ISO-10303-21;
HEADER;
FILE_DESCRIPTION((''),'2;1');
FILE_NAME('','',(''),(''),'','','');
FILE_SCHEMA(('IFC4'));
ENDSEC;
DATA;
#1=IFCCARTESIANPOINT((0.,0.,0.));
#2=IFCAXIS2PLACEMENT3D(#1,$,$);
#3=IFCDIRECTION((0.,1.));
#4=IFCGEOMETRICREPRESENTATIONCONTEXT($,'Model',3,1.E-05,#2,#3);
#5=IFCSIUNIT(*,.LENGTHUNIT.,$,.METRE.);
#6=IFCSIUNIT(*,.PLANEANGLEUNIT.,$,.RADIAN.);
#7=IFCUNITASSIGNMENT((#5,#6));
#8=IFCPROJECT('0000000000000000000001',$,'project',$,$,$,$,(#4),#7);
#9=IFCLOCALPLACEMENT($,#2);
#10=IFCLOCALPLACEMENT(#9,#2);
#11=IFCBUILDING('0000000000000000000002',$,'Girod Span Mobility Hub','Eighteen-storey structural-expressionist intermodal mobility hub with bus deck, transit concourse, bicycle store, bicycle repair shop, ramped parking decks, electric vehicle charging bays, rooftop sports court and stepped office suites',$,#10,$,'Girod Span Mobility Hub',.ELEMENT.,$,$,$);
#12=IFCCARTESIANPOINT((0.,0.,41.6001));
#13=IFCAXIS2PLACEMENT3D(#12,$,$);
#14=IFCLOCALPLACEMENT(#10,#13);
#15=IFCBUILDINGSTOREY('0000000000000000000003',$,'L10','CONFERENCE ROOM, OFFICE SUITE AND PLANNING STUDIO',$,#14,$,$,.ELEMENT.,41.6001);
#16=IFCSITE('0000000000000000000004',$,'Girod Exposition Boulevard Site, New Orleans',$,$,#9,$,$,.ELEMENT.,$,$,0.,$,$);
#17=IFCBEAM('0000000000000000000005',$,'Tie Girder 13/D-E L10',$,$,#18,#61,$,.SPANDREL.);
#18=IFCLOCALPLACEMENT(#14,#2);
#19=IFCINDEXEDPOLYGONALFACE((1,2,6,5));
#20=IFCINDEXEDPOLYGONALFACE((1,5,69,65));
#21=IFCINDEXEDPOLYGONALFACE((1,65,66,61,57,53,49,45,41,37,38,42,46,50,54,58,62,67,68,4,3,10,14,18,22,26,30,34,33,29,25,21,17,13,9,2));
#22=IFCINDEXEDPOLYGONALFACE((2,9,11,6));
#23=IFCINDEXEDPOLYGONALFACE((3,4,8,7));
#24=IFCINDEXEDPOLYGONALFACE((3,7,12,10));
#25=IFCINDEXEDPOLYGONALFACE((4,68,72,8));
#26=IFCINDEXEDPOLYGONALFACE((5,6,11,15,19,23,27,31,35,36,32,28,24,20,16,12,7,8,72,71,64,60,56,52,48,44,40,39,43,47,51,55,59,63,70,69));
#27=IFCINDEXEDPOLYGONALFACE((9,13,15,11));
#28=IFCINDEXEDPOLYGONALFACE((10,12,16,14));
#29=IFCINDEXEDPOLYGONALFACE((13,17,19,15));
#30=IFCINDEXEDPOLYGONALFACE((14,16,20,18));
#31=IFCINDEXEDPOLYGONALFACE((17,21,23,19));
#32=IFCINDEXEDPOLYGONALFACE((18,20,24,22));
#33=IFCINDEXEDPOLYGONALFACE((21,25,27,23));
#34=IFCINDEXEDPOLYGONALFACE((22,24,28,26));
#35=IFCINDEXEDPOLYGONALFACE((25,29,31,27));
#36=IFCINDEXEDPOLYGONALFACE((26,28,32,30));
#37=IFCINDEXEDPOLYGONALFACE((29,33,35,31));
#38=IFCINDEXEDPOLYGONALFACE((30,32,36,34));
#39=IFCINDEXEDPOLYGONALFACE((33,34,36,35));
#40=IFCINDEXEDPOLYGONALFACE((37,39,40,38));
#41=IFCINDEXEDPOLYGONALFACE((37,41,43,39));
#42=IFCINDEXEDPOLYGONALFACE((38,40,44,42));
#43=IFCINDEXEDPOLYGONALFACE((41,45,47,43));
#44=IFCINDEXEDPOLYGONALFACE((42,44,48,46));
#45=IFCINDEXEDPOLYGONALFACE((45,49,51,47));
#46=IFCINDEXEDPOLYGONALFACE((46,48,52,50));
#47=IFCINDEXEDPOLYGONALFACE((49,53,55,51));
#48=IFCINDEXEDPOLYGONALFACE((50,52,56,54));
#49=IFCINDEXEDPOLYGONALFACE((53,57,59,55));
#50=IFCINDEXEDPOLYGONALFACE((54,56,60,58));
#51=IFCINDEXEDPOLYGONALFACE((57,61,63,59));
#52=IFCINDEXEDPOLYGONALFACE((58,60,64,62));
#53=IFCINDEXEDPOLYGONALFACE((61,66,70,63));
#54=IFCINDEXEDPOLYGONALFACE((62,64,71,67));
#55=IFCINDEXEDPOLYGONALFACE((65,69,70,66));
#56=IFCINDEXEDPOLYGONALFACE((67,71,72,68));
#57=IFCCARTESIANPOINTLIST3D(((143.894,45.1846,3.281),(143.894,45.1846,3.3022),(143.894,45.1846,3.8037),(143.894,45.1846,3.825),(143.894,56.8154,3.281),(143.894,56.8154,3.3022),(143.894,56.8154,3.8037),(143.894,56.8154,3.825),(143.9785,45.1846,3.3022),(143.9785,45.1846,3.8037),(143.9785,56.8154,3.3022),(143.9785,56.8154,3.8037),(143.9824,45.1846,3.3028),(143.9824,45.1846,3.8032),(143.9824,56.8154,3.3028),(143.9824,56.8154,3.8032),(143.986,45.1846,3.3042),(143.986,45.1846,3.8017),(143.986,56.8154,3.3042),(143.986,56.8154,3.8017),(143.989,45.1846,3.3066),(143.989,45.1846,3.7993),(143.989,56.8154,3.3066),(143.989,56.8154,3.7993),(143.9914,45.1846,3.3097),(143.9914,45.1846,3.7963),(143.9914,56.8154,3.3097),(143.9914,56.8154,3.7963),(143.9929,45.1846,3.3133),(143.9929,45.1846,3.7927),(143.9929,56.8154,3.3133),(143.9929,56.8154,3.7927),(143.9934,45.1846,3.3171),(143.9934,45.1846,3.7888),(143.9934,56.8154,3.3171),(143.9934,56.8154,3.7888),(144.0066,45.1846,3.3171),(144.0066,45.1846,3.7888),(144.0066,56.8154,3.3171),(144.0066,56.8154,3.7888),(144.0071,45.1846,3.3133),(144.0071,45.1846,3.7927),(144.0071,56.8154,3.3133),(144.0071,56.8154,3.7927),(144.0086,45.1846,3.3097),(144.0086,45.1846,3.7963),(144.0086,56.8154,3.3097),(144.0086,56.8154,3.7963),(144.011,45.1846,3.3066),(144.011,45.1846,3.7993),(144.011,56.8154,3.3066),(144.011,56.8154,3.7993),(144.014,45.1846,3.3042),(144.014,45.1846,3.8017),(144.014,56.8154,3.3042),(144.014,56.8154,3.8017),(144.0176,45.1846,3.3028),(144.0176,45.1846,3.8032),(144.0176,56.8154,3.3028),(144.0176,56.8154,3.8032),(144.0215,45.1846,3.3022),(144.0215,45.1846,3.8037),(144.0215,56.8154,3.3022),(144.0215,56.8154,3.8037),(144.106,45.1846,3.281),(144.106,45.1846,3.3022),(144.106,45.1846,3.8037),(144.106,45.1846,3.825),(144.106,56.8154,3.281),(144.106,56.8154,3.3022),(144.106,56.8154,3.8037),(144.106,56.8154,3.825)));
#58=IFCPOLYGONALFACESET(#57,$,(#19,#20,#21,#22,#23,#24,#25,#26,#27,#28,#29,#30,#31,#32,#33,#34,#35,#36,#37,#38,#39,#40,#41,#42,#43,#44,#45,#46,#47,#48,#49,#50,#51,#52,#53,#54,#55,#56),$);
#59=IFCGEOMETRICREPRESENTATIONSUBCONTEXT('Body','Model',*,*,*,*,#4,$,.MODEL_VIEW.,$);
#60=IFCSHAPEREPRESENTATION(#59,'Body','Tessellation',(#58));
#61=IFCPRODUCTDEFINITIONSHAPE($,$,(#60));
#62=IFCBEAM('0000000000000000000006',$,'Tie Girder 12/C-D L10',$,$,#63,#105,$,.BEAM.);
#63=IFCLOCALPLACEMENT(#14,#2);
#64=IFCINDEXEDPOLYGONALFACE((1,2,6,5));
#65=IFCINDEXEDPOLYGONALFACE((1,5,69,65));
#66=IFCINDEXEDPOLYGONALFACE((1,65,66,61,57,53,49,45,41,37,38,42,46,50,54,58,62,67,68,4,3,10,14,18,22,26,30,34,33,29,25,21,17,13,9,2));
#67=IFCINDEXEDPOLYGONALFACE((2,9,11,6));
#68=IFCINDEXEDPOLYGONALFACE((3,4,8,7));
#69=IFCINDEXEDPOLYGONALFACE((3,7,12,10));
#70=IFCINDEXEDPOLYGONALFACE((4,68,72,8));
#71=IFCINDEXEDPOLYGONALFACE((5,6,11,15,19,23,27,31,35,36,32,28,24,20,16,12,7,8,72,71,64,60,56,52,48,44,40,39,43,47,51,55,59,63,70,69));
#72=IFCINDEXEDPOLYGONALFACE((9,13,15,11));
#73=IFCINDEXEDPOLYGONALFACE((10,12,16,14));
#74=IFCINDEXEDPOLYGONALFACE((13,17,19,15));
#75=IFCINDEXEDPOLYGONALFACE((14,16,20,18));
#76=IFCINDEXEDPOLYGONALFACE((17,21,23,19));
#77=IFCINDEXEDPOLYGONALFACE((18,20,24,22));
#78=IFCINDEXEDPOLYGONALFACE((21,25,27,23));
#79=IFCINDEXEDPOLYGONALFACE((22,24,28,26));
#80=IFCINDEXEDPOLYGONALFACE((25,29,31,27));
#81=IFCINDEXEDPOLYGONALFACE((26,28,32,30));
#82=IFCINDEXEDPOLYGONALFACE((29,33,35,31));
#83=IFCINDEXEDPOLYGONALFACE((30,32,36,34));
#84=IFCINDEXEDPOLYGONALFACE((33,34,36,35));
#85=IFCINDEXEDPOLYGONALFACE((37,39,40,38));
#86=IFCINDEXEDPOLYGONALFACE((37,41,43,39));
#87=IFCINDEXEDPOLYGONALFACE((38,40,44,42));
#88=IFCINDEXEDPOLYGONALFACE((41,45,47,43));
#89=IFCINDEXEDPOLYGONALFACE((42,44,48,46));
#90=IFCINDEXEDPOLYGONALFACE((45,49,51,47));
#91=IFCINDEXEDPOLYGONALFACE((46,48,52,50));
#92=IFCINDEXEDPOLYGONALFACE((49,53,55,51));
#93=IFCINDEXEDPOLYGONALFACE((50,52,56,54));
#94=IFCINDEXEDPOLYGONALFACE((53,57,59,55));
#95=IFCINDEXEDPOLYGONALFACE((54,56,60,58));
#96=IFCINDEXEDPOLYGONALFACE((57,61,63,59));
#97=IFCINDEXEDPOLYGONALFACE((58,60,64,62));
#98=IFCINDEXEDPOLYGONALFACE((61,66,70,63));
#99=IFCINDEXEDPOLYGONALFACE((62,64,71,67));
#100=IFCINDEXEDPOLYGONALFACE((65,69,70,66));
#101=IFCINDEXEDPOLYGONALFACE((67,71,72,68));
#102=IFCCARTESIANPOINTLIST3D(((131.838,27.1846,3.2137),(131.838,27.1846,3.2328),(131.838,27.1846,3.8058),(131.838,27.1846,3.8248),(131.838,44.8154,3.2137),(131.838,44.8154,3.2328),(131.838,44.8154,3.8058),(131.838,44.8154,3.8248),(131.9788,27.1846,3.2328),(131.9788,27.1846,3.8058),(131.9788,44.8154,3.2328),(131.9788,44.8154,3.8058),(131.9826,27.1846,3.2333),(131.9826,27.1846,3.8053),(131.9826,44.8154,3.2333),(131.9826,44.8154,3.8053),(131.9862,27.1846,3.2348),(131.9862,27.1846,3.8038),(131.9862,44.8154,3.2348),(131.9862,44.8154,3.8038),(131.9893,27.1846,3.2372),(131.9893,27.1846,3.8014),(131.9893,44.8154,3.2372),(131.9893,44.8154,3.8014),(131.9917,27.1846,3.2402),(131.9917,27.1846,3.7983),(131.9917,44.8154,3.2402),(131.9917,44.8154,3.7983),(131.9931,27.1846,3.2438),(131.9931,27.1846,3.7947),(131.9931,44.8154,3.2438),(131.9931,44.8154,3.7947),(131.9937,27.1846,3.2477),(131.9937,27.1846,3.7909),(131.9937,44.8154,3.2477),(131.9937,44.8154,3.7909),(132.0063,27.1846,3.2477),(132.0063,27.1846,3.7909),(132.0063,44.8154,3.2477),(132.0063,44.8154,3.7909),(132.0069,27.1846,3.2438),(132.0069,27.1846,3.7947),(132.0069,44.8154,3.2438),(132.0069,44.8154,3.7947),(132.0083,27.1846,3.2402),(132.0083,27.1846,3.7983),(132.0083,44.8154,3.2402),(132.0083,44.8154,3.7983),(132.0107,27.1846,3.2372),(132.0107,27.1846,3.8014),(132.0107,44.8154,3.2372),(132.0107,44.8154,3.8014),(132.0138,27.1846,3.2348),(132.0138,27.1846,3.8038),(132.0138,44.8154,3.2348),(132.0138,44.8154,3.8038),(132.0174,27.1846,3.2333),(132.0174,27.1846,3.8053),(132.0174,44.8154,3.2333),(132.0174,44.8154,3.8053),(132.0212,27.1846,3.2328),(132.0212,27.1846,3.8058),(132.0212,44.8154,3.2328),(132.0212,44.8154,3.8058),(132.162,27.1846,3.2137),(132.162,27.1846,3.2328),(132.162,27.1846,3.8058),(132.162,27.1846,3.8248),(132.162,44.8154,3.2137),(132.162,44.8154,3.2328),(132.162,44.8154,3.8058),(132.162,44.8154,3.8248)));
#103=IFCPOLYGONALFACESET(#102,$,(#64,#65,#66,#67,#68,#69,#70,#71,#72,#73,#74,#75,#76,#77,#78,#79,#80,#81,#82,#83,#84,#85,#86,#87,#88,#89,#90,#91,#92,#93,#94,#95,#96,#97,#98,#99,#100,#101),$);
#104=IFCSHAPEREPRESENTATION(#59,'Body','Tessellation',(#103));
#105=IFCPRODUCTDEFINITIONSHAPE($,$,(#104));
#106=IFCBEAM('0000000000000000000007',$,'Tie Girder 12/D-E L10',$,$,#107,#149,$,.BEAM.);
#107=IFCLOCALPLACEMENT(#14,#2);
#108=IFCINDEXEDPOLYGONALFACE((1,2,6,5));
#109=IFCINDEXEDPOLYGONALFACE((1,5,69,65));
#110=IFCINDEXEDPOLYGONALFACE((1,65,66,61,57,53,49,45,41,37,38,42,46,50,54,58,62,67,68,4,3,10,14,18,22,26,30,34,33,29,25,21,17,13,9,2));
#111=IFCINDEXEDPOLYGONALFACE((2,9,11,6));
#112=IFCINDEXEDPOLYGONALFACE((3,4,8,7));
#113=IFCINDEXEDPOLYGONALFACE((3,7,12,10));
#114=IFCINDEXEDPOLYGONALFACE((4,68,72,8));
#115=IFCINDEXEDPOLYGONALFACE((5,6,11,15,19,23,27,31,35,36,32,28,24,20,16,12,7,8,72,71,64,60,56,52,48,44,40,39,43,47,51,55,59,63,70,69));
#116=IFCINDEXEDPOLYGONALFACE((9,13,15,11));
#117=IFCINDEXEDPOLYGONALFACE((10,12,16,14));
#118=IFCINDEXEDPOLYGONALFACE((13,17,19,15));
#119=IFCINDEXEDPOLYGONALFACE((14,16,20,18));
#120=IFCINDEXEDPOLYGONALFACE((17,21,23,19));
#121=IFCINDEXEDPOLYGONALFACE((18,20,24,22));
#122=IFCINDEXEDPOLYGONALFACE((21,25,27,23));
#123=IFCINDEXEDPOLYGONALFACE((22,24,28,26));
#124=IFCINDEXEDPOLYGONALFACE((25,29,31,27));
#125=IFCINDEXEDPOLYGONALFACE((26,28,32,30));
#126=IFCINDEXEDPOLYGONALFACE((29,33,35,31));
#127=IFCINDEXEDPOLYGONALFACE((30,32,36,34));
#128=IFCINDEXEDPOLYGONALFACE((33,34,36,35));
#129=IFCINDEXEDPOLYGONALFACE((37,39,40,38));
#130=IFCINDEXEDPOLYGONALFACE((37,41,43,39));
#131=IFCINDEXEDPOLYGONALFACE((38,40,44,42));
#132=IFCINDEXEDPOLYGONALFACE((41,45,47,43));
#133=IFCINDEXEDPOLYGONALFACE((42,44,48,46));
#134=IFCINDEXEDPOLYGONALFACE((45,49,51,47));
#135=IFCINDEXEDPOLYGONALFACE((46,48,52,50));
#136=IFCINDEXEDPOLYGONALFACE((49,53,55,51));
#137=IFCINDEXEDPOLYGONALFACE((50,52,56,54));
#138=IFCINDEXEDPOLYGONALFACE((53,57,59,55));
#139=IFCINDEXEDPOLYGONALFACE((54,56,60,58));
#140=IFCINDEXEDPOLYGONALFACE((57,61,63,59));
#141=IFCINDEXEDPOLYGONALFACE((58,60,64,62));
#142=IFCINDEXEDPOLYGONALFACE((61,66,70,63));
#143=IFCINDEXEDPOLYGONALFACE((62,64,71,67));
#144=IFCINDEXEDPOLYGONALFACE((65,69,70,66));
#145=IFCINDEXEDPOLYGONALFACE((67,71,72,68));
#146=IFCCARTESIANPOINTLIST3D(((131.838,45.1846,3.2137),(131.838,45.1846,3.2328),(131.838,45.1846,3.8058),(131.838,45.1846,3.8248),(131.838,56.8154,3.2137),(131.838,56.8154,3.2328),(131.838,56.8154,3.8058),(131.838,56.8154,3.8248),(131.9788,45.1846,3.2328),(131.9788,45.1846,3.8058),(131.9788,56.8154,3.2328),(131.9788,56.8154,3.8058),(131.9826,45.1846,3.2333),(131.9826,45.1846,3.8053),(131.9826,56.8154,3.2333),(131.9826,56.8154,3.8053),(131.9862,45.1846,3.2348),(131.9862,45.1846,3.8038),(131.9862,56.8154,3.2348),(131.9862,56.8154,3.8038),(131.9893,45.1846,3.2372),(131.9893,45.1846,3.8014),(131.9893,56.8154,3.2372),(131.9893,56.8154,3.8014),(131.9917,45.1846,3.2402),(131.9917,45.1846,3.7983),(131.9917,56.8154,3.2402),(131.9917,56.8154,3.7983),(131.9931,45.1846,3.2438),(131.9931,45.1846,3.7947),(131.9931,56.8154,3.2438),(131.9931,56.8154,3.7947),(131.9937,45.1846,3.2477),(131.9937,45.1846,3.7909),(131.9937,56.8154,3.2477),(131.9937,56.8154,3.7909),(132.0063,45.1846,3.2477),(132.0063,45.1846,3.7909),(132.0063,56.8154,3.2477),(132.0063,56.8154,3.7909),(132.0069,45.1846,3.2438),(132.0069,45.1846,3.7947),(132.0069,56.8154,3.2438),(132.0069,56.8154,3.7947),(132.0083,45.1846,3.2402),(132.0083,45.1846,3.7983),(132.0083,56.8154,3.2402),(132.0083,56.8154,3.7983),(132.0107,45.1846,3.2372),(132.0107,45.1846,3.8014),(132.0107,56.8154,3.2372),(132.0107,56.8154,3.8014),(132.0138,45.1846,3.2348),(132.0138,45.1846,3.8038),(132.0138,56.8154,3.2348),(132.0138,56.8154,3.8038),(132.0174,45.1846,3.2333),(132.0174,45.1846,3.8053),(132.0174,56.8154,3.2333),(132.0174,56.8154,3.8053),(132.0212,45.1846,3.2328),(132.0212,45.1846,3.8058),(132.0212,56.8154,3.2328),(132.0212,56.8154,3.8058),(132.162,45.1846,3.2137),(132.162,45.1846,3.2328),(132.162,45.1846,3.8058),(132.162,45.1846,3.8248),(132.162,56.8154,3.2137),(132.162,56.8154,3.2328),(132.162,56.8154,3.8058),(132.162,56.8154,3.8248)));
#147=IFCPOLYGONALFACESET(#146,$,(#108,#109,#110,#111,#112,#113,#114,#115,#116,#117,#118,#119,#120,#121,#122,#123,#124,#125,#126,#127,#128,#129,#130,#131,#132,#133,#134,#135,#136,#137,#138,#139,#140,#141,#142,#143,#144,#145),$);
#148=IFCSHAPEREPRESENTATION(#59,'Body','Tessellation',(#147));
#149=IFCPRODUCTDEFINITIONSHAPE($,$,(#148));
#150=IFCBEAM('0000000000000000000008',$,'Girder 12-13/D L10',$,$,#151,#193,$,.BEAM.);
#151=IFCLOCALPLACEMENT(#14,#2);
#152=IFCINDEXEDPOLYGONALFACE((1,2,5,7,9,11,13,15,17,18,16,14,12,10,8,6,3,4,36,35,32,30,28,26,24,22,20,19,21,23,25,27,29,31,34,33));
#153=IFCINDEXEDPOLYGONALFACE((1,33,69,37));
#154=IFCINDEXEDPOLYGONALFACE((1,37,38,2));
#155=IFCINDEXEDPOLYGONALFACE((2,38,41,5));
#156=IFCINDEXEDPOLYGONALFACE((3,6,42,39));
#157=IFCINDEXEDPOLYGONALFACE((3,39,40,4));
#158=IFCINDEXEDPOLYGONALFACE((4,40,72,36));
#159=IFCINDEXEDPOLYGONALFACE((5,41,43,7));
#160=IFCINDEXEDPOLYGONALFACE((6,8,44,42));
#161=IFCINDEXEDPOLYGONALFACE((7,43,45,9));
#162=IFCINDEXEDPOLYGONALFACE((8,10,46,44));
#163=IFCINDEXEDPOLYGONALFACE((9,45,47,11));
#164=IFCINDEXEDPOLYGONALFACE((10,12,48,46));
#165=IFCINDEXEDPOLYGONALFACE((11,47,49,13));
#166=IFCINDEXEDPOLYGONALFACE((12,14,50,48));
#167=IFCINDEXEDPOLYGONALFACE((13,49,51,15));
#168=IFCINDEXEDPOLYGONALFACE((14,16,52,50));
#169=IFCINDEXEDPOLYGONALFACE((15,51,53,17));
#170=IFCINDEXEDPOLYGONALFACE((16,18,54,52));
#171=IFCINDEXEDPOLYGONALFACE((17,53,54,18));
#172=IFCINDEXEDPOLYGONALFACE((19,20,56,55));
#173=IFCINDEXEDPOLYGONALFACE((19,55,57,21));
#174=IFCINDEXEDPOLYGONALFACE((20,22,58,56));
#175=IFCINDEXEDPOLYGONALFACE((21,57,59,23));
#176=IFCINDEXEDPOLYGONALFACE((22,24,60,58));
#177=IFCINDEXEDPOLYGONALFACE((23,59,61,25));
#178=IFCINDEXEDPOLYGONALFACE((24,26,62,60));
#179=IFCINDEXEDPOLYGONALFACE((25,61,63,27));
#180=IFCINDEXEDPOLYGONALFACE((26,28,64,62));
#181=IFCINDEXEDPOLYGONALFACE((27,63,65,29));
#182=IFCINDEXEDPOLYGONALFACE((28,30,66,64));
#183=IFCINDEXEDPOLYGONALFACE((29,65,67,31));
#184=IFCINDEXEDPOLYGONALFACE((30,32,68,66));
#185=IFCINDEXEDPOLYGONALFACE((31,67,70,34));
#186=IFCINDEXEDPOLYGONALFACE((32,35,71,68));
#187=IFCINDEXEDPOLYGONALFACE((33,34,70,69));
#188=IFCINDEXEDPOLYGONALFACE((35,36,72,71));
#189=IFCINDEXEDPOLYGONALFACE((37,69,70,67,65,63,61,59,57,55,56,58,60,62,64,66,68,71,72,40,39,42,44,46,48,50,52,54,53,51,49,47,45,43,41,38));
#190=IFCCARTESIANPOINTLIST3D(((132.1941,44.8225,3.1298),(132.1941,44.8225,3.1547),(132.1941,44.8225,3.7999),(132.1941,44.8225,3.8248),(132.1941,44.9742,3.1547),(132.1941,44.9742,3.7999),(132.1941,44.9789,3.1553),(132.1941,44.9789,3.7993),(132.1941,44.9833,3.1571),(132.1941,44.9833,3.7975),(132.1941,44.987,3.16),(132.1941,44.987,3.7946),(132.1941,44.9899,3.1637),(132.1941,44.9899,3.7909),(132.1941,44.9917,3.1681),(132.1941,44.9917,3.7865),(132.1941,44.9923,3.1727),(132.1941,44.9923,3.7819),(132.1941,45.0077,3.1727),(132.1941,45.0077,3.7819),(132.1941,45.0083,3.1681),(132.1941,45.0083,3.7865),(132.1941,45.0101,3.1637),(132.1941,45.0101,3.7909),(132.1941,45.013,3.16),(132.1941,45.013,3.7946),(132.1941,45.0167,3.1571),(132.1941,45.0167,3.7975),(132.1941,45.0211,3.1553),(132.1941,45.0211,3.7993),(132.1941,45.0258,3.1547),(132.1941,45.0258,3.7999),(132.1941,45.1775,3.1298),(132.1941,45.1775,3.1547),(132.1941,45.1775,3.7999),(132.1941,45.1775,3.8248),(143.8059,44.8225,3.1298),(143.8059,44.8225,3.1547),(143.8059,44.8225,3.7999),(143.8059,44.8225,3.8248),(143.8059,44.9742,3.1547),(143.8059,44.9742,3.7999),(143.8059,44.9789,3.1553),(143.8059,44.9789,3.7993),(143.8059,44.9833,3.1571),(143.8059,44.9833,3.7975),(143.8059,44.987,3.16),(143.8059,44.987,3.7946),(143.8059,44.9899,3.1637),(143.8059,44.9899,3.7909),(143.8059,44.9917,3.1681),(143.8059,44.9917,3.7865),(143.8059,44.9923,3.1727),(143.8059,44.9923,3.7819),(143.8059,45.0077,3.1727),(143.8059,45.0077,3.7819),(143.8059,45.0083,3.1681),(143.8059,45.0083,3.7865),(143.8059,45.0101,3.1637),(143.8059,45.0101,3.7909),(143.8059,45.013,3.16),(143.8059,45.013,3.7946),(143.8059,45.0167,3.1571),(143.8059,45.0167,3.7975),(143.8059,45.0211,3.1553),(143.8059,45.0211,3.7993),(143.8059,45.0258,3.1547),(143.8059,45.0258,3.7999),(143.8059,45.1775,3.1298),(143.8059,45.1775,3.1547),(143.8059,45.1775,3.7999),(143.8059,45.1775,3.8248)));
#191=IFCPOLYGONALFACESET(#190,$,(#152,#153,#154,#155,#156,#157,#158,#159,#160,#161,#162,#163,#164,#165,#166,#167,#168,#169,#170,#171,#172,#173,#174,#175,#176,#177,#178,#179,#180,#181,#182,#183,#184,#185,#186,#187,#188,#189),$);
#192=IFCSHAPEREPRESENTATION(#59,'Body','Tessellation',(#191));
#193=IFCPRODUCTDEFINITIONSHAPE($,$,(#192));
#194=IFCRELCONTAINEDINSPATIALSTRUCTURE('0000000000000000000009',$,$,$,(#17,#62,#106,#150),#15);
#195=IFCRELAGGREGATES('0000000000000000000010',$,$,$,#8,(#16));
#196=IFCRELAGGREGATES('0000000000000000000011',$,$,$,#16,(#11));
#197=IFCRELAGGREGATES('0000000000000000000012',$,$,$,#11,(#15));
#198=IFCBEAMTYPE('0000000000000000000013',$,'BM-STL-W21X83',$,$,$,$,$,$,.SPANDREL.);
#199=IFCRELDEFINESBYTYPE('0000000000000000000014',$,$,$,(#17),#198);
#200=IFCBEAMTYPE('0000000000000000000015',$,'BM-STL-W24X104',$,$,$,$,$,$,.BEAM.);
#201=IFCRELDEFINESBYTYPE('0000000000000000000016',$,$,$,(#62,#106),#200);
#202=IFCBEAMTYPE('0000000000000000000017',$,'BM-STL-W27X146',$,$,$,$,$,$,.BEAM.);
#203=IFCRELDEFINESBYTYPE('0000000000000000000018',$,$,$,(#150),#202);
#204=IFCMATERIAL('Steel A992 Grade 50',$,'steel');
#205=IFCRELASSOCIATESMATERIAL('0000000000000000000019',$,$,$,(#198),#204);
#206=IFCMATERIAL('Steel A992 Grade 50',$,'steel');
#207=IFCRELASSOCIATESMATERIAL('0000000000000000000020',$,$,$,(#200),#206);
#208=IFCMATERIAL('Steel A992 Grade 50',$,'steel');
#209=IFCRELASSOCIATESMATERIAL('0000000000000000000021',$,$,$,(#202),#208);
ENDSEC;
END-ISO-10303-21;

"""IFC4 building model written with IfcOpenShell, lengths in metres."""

from ifc_helpers import new_model, si_unit, direction, frame, origin, origin_2d, place, context, subcontext, project, spatial, i_section, extrude, material, material_profile, profile_set, type_object, element, save


model = new_model("IFC4")

# Units and contexts
model_context = context("Model", 3, precision=1e-05, world=origin(), true_north=direction((0.0, 1.0)))
body_context = subcontext(model_context, "Body", "Model", "MODEL_VIEW")
ifc_project = project(units=[si_unit("LENGTHUNIT", "METRE"), si_unit("PLANEANGLEUNIT", "RADIAN")], contexts=[model_context])

# Site, building, storey
site_placement = place(None, origin())
site = spatial("IfcSite", under=ifc_project, at=site_placement, Name="Girod Exposition Boulevard Site, New Orleans", CompositionType="ELEMENT", RefElevation=0.0)
building_placement = place(site_placement, origin())
building = spatial("IfcBuilding", under=site, at=building_placement, Name="Girod Span Mobility Hub", Description="Eighteen-storey structural-expressionist intermodal mobility hub with bus deck, transit concourse, bicycle store, bicycle repair shop, ramped parking decks, electric vehicle charging bays, rooftop sports court and stepped office suites", LongName="Girod Span Mobility Hub", CompositionType="ELEMENT")
storey_placement = place(building_placement, frame((0.0, 0.0, 41.6001)))
storey = spatial("IfcBuildingStorey", under=building, at=storey_placement, Name="L10", Description="CONFERENCE ROOM, OFFICE SUITE AND PLANNING STUDIO", CompositionType="ELEMENT", Elevation=41.6001)

# Beams
ifc_material_1 = material(Name="Steel A992 Grade 50", Category="steel")
ifc_material_profile_1 = material_profile(ifc_material_1, i_section(OverallWidth=0.2119, OverallDepth=0.5439, WebThickness=0.0132, FlangeThickness=0.0212, FilletRadius=0.0149, at=origin_2d()), Name="W21X83")
ifc_profile_set_1 = profile_set([ifc_material_profile_1], Name="Steel A992 Grade 50")
beam_type_1 = type_object("IfcBeamType", Name="BM-STL-W21X83", PredefinedType="SPANDREL", material=ifc_profile_set_1)
beam_1_placement = place(storey_placement, frame((144.0, 45.1846, 3.553), z_axis=(0.0, 1.0, 0.0), x_axis=(-1.0, 0.0, 0.0)))
element("IfcBeam", 1, at=beam_1_placement, inside=storey, type_object=beam_type_1, Name="Tie Girder 13/D-E L10", PredefinedType="SPANDREL", context=body_context, shape_type="SweptSolid", body=[
    extrude(i_section(OverallWidth=0.2119, OverallDepth=0.5439, WebThickness=0.0132, FlangeThickness=0.0212, FilletRadius=0.0149, at=origin_2d()), origin(), (0.0, 0.0, 1.0), 11.6309),
])
ifc_material_2 = material(Name="Steel A992 Grade 50", Category="steel")
ifc_material_profile_2 = material_profile(ifc_material_2, i_section(OverallWidth=0.324, OverallDepth=0.6111, WebThickness=0.0127, FlangeThickness=0.019, FilletRadius=0.0149, at=origin_2d()), Name="W24X104")
ifc_profile_set_2 = profile_set([ifc_material_profile_2], Name="Steel A992 Grade 50")
beam_type_2 = type_object("IfcBeamType", Name="BM-STL-W24X104", PredefinedType="BEAM", material=ifc_profile_set_2)
beam_2_placement = place(storey_placement, frame((132.0, 27.1846, 3.5193), z_axis=(0.0, 1.0, 0.0), x_axis=(-1.0, 0.0, 0.0)))
element("IfcBeam", 2, at=beam_2_placement, inside=storey, type_object=beam_type_2, Name="Tie Girder 12/C-D L10", PredefinedType="BEAM", context=body_context, shape_type="SweptSolid", body=[
    extrude(i_section(OverallWidth=0.324, OverallDepth=0.6111, WebThickness=0.0127, FlangeThickness=0.019, FilletRadius=0.0149, at=origin_2d()), origin(), (0.0, 0.0, 1.0), 17.6309),
])
beam_3_placement = place(storey_placement, frame((132.0, 45.1846, 3.5193), z_axis=(0.0, 1.0, 0.0), x_axis=(-1.0, 0.0, 0.0)))
element("IfcBeam", 3, at=beam_3_placement, inside=storey, type_object=beam_type_2, Name="Tie Girder 12/D-E L10", PredefinedType="BEAM", context=body_context, shape_type="SweptSolid", body=[
    extrude(i_section(OverallWidth=0.324, OverallDepth=0.6111, WebThickness=0.0127, FlangeThickness=0.019, FilletRadius=0.0149, at=origin_2d()), origin(), (0.0, 0.0, 1.0), 11.6309),
])
ifc_material_3 = material(Name="Steel A992 Grade 50", Category="steel")
ifc_material_profile_3 = material_profile(ifc_material_3, i_section(OverallWidth=0.355, OverallDepth=0.6951, WebThickness=0.0154, FlangeThickness=0.0249, FilletRadius=0.0181, at=origin_2d()), Name="W27X146")
ifc_profile_set_3 = profile_set([ifc_material_profile_3], Name="Steel A992 Grade 50")
beam_type_3 = type_object("IfcBeamType", Name="BM-STL-W27X146", PredefinedType="BEAM", material=ifc_profile_set_3)
beam_4_placement = place(storey_placement, frame((132.1941, 45.0, 3.4773), z_axis=(1.0, 0.0, 0.0), x_axis=(0.0, 1.0, 0.0)))
element("IfcBeam", 4, at=beam_4_placement, inside=storey, type_object=beam_type_3, Name="Girder 12-13/D L10", PredefinedType="BEAM", context=body_context, shape_type="SweptSolid", body=[
    extrude(i_section(OverallWidth=0.355, OverallDepth=0.6951, WebThickness=0.0154, FlangeThickness=0.0249, FilletRadius=0.0181, at=origin_2d()), origin(), (0.0, 0.0, 1.0), 11.6118),
])

save(model, "model.ifc")
